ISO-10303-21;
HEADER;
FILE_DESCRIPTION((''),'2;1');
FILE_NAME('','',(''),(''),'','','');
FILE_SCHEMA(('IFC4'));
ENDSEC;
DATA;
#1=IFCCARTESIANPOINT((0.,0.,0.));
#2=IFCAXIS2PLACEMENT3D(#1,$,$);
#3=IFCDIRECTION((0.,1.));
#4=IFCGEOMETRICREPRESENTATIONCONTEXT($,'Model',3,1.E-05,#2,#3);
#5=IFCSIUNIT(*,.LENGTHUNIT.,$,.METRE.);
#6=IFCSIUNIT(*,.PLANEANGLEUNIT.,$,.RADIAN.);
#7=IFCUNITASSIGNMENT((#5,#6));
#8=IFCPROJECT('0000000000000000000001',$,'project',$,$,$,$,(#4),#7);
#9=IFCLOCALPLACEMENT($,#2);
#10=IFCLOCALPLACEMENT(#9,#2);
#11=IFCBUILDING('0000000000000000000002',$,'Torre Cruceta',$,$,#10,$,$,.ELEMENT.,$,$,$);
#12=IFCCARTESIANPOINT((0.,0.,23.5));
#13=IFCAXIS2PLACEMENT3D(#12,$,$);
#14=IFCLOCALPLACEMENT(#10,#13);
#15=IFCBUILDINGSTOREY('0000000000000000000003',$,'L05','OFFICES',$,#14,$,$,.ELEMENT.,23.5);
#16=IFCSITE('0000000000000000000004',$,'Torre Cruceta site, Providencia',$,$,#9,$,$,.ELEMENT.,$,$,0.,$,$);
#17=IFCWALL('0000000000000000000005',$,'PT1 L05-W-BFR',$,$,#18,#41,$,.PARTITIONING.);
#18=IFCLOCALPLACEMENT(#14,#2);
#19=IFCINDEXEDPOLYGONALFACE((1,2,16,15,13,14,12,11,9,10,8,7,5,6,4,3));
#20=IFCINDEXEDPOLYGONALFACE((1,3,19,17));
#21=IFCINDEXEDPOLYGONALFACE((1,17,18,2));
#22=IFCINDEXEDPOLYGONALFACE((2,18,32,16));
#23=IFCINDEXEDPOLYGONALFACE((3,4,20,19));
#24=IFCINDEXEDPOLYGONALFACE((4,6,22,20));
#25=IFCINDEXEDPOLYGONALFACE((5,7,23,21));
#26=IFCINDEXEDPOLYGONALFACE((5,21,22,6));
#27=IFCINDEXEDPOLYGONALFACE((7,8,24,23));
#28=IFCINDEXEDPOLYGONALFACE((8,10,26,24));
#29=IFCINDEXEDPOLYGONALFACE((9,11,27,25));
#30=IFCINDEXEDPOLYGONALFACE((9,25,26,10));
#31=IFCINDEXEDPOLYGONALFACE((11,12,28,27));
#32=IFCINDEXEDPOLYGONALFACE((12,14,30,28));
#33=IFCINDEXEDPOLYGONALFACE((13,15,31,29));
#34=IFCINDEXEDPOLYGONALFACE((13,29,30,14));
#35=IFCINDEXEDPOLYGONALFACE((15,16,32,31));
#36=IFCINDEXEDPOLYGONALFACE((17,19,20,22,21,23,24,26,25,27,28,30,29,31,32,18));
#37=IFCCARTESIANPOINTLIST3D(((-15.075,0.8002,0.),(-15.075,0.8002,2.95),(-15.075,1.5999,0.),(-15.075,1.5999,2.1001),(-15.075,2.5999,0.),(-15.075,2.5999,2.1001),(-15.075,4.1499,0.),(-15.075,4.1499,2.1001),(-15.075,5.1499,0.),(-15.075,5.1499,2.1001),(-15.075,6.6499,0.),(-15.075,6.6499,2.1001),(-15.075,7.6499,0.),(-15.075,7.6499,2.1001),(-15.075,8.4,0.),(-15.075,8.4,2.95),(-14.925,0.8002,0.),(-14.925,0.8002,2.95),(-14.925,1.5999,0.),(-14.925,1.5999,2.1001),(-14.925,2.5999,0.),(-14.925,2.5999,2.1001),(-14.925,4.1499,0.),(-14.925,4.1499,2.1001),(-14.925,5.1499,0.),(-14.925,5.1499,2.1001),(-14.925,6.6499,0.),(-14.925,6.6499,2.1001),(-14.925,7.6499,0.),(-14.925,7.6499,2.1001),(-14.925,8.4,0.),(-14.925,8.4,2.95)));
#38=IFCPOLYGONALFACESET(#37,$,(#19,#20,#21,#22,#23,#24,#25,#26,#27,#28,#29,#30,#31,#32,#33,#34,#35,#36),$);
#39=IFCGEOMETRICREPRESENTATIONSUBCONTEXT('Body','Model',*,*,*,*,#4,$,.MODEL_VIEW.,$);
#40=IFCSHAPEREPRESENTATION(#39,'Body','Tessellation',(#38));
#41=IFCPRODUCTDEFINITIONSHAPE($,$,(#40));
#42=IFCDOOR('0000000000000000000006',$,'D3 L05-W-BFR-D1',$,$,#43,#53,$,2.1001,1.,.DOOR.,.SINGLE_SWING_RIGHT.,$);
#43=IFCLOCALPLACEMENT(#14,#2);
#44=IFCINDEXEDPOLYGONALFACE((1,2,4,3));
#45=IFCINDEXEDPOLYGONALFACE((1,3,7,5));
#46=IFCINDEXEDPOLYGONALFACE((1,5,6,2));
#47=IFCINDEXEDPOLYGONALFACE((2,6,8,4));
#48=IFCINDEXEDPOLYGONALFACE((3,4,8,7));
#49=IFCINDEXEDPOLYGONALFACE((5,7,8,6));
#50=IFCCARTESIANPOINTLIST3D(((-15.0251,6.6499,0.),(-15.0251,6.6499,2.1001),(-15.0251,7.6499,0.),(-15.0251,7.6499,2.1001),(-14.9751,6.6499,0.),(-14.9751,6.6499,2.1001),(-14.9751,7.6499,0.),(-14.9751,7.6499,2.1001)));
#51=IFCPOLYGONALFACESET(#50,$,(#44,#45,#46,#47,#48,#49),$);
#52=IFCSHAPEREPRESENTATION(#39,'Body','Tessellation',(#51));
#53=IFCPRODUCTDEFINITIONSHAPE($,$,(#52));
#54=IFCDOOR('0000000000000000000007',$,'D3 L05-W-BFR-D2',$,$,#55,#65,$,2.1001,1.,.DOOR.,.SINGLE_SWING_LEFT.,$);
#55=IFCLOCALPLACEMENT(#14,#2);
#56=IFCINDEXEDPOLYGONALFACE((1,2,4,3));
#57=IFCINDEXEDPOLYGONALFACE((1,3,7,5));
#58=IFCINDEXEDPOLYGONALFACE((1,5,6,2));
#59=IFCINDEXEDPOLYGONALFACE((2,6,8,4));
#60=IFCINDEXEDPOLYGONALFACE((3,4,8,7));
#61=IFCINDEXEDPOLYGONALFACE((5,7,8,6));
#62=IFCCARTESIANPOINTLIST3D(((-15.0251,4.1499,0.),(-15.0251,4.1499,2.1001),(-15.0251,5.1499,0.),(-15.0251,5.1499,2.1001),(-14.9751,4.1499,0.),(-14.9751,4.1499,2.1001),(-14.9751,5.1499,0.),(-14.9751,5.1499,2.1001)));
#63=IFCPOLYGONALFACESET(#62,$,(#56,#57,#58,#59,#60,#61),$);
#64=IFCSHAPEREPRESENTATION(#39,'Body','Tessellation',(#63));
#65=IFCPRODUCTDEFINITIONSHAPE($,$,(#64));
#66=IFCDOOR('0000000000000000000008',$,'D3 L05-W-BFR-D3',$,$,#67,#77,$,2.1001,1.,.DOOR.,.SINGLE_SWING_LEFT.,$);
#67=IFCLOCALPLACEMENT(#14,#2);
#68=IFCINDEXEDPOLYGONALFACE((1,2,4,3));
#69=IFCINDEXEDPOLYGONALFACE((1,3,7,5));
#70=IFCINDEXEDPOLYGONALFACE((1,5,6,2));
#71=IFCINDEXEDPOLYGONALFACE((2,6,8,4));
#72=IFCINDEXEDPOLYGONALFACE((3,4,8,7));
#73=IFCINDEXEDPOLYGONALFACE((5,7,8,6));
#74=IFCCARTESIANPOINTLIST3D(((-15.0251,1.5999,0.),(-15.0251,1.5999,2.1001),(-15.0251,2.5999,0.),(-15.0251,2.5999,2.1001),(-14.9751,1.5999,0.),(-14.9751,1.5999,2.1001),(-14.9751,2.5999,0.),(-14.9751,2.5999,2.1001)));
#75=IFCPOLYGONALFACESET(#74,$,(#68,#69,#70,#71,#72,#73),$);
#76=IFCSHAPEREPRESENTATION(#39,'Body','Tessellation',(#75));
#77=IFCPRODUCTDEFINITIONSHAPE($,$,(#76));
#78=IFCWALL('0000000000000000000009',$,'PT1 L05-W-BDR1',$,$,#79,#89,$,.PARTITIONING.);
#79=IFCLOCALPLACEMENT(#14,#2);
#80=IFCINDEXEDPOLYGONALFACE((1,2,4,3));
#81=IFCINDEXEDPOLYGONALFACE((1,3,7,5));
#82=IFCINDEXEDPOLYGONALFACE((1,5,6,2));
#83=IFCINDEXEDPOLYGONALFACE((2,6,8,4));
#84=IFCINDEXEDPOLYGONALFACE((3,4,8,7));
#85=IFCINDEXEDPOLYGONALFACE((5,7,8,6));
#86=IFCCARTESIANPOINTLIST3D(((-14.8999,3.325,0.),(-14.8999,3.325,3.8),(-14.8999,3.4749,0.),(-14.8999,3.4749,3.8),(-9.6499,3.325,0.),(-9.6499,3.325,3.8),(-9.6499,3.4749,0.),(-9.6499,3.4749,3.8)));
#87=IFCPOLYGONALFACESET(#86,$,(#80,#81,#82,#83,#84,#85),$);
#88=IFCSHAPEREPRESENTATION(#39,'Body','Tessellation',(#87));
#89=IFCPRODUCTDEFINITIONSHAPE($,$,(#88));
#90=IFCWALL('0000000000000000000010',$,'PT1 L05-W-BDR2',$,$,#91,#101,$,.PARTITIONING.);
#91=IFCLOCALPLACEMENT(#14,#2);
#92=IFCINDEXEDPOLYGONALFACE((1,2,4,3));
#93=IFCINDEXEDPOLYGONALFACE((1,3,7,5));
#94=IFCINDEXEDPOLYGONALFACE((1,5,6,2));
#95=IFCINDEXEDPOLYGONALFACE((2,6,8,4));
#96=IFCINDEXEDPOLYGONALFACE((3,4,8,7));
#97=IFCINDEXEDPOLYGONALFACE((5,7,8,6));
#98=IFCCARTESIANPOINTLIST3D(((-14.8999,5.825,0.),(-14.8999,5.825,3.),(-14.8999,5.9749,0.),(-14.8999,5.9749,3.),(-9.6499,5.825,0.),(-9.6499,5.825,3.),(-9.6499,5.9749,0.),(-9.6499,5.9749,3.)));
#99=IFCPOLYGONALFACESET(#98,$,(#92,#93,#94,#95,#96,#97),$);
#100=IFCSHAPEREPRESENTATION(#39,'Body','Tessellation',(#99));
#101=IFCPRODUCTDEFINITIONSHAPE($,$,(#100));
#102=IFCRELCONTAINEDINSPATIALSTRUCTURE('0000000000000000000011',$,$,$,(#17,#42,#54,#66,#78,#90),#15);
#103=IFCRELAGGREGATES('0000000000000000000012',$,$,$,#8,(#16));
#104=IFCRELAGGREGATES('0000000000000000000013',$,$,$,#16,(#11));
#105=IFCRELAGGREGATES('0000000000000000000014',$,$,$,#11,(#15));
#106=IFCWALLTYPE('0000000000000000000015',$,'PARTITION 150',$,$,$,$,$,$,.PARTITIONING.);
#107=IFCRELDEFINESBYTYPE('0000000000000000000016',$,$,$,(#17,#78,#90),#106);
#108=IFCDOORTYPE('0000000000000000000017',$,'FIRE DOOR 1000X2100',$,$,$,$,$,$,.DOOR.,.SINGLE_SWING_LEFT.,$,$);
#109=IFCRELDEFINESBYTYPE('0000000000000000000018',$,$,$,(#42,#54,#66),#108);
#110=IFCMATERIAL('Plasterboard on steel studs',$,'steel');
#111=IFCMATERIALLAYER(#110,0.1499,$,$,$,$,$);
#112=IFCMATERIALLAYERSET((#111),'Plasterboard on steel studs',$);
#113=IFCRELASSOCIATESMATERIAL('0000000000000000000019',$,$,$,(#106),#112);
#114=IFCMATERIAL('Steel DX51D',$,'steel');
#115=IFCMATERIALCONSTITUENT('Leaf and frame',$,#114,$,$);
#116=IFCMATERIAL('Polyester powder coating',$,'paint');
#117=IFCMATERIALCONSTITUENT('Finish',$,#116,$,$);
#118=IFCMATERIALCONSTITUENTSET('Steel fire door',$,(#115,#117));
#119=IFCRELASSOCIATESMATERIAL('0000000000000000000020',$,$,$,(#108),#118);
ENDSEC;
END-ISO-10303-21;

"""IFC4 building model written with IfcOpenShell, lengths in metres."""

from ifc_helpers import new_model, si_unit, direction, frame, frame_2d, origin, place, context, subcontext, project, spatial, rectangle, extrude, material, layer, layer_set, constituent, constituent_set, type_object, element, fill, save


model = new_model("IFC4")

# Units and contexts
model_context = context("Model", 3, precision=1e-05, world=origin(), true_north=direction((0.0, 1.0)))
body_context = subcontext(model_context, "Body", "Model", "MODEL_VIEW")
ifc_project = project(units=[si_unit("LENGTHUNIT", "METRE"), si_unit("PLANEANGLEUNIT", "RADIAN")], contexts=[model_context])

# Site, building, storey
site_placement = place(None, origin())
site = spatial("IfcSite", under=ifc_project, at=site_placement, Name="Torre Cruceta site, Providencia", CompositionType="ELEMENT", RefElevation=0.0)
building_placement = place(site_placement, origin())
building = spatial("IfcBuilding", under=site, at=building_placement, Name="Torre Cruceta", CompositionType="ELEMENT")
storey_placement = place(building_placement, frame((0.0, 0.0, 23.5)))
storey = spatial("IfcBuildingStorey", under=building, at=storey_placement, Name="L05", Description="OFFICES", CompositionType="ELEMENT", Elevation=23.5)

# Wall, openings, doors
ifc_material_1 = material(Name="Plasterboard on steel studs", Category="steel")
ifc_layer_1 = layer(ifc_material_1, 0.1499)
ifc_layer_set_1 = layer_set([ifc_layer_1], Name="Plasterboard on steel studs")
wall_type_1 = type_object("IfcWallType", Name="PARTITION 150", PredefinedType="PARTITIONING", material=ifc_layer_set_1)
wall_1_placement = place(storey_placement, frame((-15.0, 8.3999, 0.0), z_axis=(0.0, 0.0, 1.0), x_axis=(0.0, -1.0, 0.0)))
wall_1 = element("IfcWall", 1, at=wall_1_placement, inside=storey, type_object=wall_type_1, Name="PT1 L05-W-BFR", PredefinedType="PARTITIONING", context=body_context, shape_type="SweptSolid", body=[
    extrude(rectangle(XDim=7.5999, YDim=0.1499, at=frame_2d((3.7998, 0.0))), origin(), (0.0, 0.0, 1.0), 2.95),
])
opening_1_placement = place(wall_1_placement, frame((0.75, 0.0, 0.0)))
opening_1 = element("IfcOpeningElement", 2, at=opening_1_placement, cuts=wall_1, PredefinedType="OPENING", context=body_context, shape_type="SweptSolid", body=[
    extrude(rectangle(XDim=1.0, YDim=2.1001, at=frame_2d((0.5, 1.05))), frame((0.0, 0.085, 0.0), z_axis=(0.0, -1.0, 0.0), x_axis=(1.0, 0.0, 0.0)), (0.0, 0.0, 1.0), 0.1699),
])
opening_2_placement = place(wall_1_placement, frame((3.25, 0.0, 0.0)))
opening_2 = element("IfcOpeningElement", 3, at=opening_2_placement, cuts=wall_1, PredefinedType="OPENING", context=body_context, shape_type="SweptSolid", body=[
    extrude(rectangle(XDim=1.0, YDim=2.1001, at=frame_2d((0.5, 1.05))), frame((0.0, 0.085, 0.0), z_axis=(0.0, -1.0, 0.0), x_axis=(1.0, 0.0, 0.0)), (0.0, 0.0, 1.0), 0.1699),
])
opening_3_placement = place(wall_1_placement, frame((5.8, 0.0, 0.0)))
opening_3 = element("IfcOpeningElement", 4, at=opening_3_placement, cuts=wall_1, PredefinedType="OPENING", context=body_context, shape_type="SweptSolid", body=[
    extrude(rectangle(XDim=1.0, YDim=2.1001, at=frame_2d((0.5, 1.05))), frame((0.0, 0.085, 0.0), z_axis=(0.0, -1.0, 0.0), x_axis=(1.0, 0.0, 0.0)), (0.0, 0.0, 1.0), 0.1699),
])
ifc_material_2 = material(Name="Steel DX51D", Category="steel")
ifc_constituent_1 = constituent(ifc_material_2, Name="Leaf and frame")
ifc_material_3 = material(Name="Polyester powder coating", Category="paint")
ifc_constituent_2 = constituent(ifc_material_3, Name="Finish")
ifc_constituent_set_1 = constituent_set(constituents=[ifc_constituent_1, ifc_constituent_2], Name="Steel fire door")
door_type_1 = type_object("IfcDoorType", Name="FIRE DOOR 1000X2100", OperationType="SINGLE_SWING_LEFT", PredefinedType="DOOR", material=ifc_constituent_set_1)
door_1_placement = place(opening_1_placement, origin())
door_1 = element("IfcDoor", 5, at=door_1_placement, inside=storey, type_object=door_type_1, Name="D3 L05-W-BFR-D1", OperationType="SINGLE_SWING_RIGHT", OverallHeight=2.1001, OverallWidth=1.0, PredefinedType="DOOR", context=body_context, shape_type="SweptSolid", body=[
    extrude(rectangle(XDim=1.0, YDim=2.1001, at=frame_2d((0.5, 1.05))), frame((0.0, 0.0249, 0.0), z_axis=(0.0, -1.0, 0.0), x_axis=(1.0, 0.0, 0.0)), (0.0, 0.0, 1.0), 0.05),
])
fill(opening_1, door_1)
door_2_placement = place(opening_2_placement, origin())
door_2 = element("IfcDoor", 6, at=door_2_placement, inside=storey, type_object=door_type_1, Name="D3 L05-W-BFR-D2", OperationType="SINGLE_SWING_LEFT", OverallHeight=2.1001, OverallWidth=1.0, PredefinedType="DOOR", context=body_context, shape_type="SweptSolid", body=[
    extrude(rectangle(XDim=1.0, YDim=2.1001, at=frame_2d((0.5, 1.05))), frame((0.0, 0.0249, 0.0), z_axis=(0.0, -1.0, 0.0), x_axis=(1.0, 0.0, 0.0)), (0.0, 0.0, 1.0), 0.05),
])
fill(opening_2, door_2)
door_3_placement = place(opening_3_placement, origin())
door_3 = element("IfcDoor", 7, at=door_3_placement, inside=storey, type_object=door_type_1, Name="D3 L05-W-BFR-D3", OperationType="SINGLE_SWING_LEFT", OverallHeight=2.1001, OverallWidth=1.0, PredefinedType="DOOR", context=body_context, shape_type="SweptSolid", body=[
    extrude(rectangle(XDim=1.0, YDim=2.1001, at=frame_2d((0.5, 1.05))), frame((0.0, 0.0249, 0.0), z_axis=(0.0, -1.0, 0.0), x_axis=(1.0, 0.0, 0.0)), (0.0, 0.0, 1.0), 0.05),
])
fill(opening_3, door_3)

# Walls
wall_2_placement = place(storey_placement, frame((-9.6499, 3.3999, 0.0), z_axis=(0.0, 0.0, 1.0), x_axis=(-1.0, 0.0, 0.0)))
element("IfcWall", 8, at=wall_2_placement, inside=storey, type_object=wall_type_1, Name="PT1 L05-W-BDR1", PredefinedType="PARTITIONING", context=body_context, shape_type="SweptSolid", body=[
    extrude(rectangle(XDim=5.25, YDim=0.1499, at=frame_2d((2.625, 0.0))), origin(), (0.0, 0.0, 1.0), 3.8),
])
wall_3_placement = place(storey_placement, frame((-9.6499, 5.8999, 0.0), z_axis=(0.0, 0.0, 1.0), x_axis=(-1.0, 0.0, 0.0)))
element("IfcWall", 9, at=wall_3_placement, inside=storey, type_object=wall_type_1, Name="PT1 L05-W-BDR2", PredefinedType="PARTITIONING", context=body_context, shape_type="SweptSolid", body=[
    extrude(rectangle(XDim=5.25, YDim=0.1499, at=frame_2d((2.625, 0.0))), origin(), (0.0, 0.0, 1.0), 3.0),
])

save(model, "model.ifc")
